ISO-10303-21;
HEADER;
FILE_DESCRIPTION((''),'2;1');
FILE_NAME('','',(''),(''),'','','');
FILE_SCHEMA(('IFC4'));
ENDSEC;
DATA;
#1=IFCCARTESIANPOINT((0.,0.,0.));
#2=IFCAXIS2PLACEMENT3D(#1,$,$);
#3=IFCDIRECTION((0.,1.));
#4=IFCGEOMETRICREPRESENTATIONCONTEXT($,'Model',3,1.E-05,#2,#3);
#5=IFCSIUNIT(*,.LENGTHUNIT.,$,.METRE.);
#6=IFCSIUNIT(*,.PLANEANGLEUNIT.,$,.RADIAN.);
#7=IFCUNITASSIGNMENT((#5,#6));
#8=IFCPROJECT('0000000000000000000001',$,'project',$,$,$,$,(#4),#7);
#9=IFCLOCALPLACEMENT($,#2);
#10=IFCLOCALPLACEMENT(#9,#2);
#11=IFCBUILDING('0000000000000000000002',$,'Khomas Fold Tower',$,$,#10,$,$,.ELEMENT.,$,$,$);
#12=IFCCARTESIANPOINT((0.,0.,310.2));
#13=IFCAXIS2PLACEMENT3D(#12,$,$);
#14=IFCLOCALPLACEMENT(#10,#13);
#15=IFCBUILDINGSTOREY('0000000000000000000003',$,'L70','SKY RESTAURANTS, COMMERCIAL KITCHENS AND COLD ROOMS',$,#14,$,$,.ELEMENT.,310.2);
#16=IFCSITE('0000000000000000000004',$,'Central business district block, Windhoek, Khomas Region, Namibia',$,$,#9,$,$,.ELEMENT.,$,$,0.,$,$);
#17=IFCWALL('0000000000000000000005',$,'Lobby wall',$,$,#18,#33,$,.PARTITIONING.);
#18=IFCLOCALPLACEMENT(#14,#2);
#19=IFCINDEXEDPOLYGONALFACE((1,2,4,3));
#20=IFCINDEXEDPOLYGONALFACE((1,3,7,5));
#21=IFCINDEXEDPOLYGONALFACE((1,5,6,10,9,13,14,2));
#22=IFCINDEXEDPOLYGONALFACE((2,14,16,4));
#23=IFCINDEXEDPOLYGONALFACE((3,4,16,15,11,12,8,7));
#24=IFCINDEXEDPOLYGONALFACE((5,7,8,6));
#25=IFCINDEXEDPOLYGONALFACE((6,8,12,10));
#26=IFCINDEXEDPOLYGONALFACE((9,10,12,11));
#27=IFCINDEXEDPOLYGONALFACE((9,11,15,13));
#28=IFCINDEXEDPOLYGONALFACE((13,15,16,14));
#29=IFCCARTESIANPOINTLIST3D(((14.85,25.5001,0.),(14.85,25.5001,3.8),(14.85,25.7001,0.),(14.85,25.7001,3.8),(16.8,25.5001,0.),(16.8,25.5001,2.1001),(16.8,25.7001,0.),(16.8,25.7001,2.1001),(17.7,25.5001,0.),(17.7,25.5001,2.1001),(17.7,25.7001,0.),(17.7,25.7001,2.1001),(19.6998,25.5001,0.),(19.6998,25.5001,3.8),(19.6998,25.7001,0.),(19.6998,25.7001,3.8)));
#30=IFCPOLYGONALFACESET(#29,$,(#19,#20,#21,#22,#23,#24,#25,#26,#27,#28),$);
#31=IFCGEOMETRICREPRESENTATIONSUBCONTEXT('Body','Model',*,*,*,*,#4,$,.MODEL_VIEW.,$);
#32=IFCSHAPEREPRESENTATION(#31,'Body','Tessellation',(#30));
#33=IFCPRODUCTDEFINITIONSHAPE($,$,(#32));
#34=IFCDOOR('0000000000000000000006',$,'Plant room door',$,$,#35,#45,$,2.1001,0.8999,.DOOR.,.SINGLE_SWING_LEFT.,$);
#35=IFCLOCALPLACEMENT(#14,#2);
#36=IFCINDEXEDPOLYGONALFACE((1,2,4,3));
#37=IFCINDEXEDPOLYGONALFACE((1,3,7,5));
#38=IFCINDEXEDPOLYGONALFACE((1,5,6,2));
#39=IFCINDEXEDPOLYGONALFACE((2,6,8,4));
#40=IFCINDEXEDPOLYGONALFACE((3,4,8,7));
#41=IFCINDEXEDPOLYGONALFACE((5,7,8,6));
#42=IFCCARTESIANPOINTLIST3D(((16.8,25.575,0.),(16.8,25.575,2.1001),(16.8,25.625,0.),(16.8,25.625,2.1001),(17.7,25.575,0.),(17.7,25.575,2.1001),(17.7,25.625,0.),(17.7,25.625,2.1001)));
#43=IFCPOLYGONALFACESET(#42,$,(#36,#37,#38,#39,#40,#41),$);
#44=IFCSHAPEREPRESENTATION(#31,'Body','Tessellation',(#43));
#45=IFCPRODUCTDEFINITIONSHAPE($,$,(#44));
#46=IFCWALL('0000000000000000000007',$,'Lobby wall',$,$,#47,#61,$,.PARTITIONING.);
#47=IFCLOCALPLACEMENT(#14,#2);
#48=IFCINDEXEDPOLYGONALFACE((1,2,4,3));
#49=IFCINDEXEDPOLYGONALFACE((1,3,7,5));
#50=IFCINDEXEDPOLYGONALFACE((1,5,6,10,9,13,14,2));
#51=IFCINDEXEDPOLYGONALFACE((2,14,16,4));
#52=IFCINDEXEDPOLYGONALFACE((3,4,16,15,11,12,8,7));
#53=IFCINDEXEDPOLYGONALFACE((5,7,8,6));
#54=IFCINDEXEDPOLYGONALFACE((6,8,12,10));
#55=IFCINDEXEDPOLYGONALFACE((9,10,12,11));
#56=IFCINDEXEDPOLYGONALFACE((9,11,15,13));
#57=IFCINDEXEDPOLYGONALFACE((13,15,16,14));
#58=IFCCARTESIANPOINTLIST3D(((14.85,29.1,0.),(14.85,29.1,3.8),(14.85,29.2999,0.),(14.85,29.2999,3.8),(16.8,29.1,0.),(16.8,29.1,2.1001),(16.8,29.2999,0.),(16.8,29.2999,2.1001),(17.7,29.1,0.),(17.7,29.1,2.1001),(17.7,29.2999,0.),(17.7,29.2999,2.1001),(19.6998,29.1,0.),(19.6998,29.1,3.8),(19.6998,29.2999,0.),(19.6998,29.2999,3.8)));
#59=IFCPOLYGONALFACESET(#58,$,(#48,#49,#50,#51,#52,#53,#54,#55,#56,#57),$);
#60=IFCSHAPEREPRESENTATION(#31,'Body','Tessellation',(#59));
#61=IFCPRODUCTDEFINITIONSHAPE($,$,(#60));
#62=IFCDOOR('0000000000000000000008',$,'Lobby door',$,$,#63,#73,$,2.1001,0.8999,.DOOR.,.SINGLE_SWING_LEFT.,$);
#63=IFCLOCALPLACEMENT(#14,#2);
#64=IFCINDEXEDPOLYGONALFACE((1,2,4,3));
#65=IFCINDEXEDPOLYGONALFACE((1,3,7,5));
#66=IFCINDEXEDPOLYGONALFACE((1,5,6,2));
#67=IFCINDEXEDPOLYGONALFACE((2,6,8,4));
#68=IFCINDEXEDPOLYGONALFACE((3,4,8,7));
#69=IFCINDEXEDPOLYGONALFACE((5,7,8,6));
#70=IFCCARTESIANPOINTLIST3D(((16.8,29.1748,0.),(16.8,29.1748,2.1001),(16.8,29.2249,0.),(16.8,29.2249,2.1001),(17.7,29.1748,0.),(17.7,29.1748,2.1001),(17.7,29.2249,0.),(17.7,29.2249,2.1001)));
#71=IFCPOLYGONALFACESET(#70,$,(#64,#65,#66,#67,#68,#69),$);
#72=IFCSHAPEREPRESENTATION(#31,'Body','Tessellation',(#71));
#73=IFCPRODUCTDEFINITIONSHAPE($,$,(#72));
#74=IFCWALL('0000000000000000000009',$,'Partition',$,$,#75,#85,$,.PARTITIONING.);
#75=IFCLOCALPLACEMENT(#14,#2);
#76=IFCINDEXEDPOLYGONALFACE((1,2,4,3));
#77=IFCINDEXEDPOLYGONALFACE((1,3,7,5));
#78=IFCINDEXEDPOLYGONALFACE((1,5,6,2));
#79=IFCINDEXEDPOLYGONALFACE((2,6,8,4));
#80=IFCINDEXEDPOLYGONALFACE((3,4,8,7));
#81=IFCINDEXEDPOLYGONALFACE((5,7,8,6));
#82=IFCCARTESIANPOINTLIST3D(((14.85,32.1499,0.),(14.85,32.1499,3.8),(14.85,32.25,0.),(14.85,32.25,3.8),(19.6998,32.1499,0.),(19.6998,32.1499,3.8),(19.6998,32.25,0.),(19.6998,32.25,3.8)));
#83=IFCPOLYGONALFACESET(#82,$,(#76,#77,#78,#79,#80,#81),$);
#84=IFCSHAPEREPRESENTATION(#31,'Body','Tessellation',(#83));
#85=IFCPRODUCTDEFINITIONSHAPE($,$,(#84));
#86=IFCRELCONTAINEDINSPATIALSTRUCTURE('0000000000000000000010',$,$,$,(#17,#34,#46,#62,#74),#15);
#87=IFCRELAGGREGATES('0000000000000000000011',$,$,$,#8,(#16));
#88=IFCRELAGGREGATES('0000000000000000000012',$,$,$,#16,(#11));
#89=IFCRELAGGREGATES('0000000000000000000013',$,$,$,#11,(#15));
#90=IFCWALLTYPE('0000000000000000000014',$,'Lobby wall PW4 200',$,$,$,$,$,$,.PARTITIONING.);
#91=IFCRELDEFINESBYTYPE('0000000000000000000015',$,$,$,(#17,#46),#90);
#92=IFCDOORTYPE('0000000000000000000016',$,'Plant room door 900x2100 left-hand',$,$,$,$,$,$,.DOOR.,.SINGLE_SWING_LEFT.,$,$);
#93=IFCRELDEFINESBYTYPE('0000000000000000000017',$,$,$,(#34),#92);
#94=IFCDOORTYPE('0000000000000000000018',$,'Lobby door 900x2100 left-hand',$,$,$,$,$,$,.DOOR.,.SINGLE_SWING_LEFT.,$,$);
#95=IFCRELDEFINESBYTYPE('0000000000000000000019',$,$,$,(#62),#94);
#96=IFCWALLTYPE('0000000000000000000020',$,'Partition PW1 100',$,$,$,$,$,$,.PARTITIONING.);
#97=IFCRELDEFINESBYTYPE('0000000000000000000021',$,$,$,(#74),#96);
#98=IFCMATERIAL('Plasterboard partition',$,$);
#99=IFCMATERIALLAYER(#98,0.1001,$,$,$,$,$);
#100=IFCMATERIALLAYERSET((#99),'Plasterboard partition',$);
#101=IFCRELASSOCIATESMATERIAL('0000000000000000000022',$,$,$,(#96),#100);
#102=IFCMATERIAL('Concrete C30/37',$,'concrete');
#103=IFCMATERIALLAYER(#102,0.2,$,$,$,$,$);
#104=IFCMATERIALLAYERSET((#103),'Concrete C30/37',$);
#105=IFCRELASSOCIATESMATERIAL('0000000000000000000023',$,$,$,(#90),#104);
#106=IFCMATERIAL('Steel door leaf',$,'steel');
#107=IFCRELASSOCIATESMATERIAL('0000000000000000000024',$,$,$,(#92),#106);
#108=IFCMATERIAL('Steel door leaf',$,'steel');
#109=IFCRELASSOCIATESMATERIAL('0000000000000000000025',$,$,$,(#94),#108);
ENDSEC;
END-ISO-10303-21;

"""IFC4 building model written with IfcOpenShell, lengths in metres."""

from ifc_helpers import new_model, si_unit, direction, frame, frame_2d, origin, place, context, subcontext, project, spatial, rectangle, extrude, source, transform, mapped, material, layer, layer_set, type_object, element, fill, save


model = new_model("IFC4")

# Units and contexts
model_context = context("Model", 3, precision=1e-05, world=origin(), true_north=direction((0.0, 1.0)))
body_context = subcontext(model_context, "Body", "Model", "MODEL_VIEW")
ifc_project = project(units=[si_unit("LENGTHUNIT", "METRE"), si_unit("PLANEANGLEUNIT", "RADIAN")], contexts=[model_context])

# Site, building, storey
site_placement = place(None, origin())
site = spatial("IfcSite", under=ifc_project, at=site_placement, Name="Central business district block, Windhoek, Khomas Region, Namibia", CompositionType="ELEMENT", RefElevation=0.0)
building_placement = place(site_placement, origin())
building = spatial("IfcBuilding", under=site, at=building_placement, Name="Khomas Fold Tower", CompositionType="ELEMENT")
storey_placement = place(building_placement, frame((0.0, 0.0, 310.2)))
storey = spatial("IfcBuildingStorey", under=building, at=storey_placement, Name="L70", Description="SKY RESTAURANTS, COMMERCIAL KITCHENS AND COLD ROOMS", CompositionType="ELEMENT", Elevation=310.2)

# Shared definitions
ifc_material_1 = material(Name="Plasterboard partition")
ifc_layer_1 = layer(ifc_material_1, 0.1001)
ifc_layer_set_1 = layer_set([ifc_layer_1], Name="Plasterboard partition")
wall_type_1 = type_object("IfcWallType", Name="Partition PW1 100", PredefinedType="PARTITIONING", material=ifc_layer_set_1)

# Walls, openings, doors
ifc_material_2 = material(Name="Concrete C30/37", Category="concrete")
ifc_layer_2 = layer(ifc_material_2, 0.2)
ifc_layer_set_2 = layer_set([ifc_layer_2], Name="Concrete C30/37")
wall_type_2 = type_object("IfcWallType", Name="Lobby wall PW4 200", PredefinedType="PARTITIONING", material=ifc_layer_set_2)
shared_shape_1 = source(origin(), body_context, "Body", "SweptSolid", [
    extrude(rectangle(XDim=4.8499, YDim=0.2, at=frame_2d((2.4248, 0.0))), origin(), (0.0, 0.0, 1.0), 3.8),
])
wall_1_placement = place(storey_placement, frame((14.8501, 25.6001, 0.0), z_axis=(0.0, 0.0, 1.0), x_axis=(1.0, 0.0, 0.0)))
wall_1 = element("IfcWall", 1, at=wall_1_placement, inside=storey, type_object=wall_type_2, Name="Lobby wall", PredefinedType="PARTITIONING", context=body_context, shape_type="MappedRepresentation", body=[
    mapped(shared_shape_1, transform((0.0, 0.0, 0.0))),
])
shared_shape_2 = source(origin(), body_context, "Body", "SweptSolid", [
    extrude(rectangle(XDim=0.8999, YDim=2.1001, at=frame_2d((0.45, 1.05))), frame((0.0, 0.1099, 0.0), z_axis=(0.0, -1.0, 0.0), x_axis=(1.0, 0.0, 0.0)), (0.0, 0.0, 1.0), 0.22),
])
opening_1_placement = place(wall_1_placement, frame((1.95, 0.0, 0.0)))
opening_1 = element("IfcOpeningElement", 2, at=opening_1_placement, cuts=wall_1, PredefinedType="OPENING", context=body_context, shape_type="MappedRepresentation", body=[
    mapped(shared_shape_2, transform((0.0, 0.0, 0.0))),
])
ifc_material_3 = material(Name="Steel door leaf", Category="steel")
door_type_1 = type_object("IfcDoorType", Name="Plant room door 900x2100 left-hand", OperationType="SINGLE_SWING_LEFT", PredefinedType="DOOR", material=ifc_material_3)
shared_shape_3 = source(origin(), body_context, "Body", "SweptSolid", [
    extrude(rectangle(XDim=0.8999, YDim=2.1001, at=frame_2d((0.45, 1.05))), frame((0.0, 0.0249, 0.0), z_axis=(0.0, -1.0, 0.0), x_axis=(1.0, 0.0, 0.0)), (0.0, 0.0, 1.0), 0.05),
])
door_1_placement = place(opening_1_placement, origin())
door_1 = element("IfcDoor", 3, at=door_1_placement, inside=storey, type_object=door_type_1, Name="Plant room door", OperationType="SINGLE_SWING_LEFT", OverallHeight=2.1001, OverallWidth=0.8999, PredefinedType="DOOR", context=body_context, shape_type="MappedRepresentation", body=[
    mapped(shared_shape_3, transform((0.0, 0.0, 0.0))),
])
fill(opening_1, door_1)
wall_2_placement = place(storey_placement, frame((14.8501, 29.2, 0.0), z_axis=(0.0, 0.0, 1.0), x_axis=(1.0, 0.0, 0.0)))
wall_2 = element("IfcWall", 4, at=wall_2_placement, inside=storey, type_object=wall_type_2, Name="Lobby wall", PredefinedType="PARTITIONING", context=body_context, shape_type="MappedRepresentation", body=[
    mapped(shared_shape_1, transform((0.0, 0.0, 0.0))),
])
opening_2_placement = place(wall_2_placement, frame((1.95, 0.0, 0.0)))
opening_2 = element("IfcOpeningElement", 5, at=opening_2_placement, cuts=wall_2, PredefinedType="OPENING", context=body_context, shape_type="MappedRepresentation", body=[
    mapped(shared_shape_2, transform((0.0, 0.0, 0.0))),
])
ifc_material_4 = material(Name="Steel door leaf", Category="steel")
door_type_2 = type_object("IfcDoorType", Name="Lobby door 900x2100 left-hand", OperationType="SINGLE_SWING_LEFT", PredefinedType="DOOR", material=ifc_material_4)
door_2_placement = place(opening_2_placement, origin())
door_2 = element("IfcDoor", 6, at=door_2_placement, inside=storey, type_object=door_type_2, Name="Lobby door", OperationType="SINGLE_SWING_LEFT", OverallHeight=2.1001, OverallWidth=0.8999, PredefinedType="DOOR", context=body_context, shape_type="MappedRepresentation", body=[
    mapped(shared_shape_3, transform((0.0, 0.0, 0.0))),
])
fill(opening_2, door_2)

# Wall
shared_shape_4 = source(origin(), body_context, "Body", "SweptSolid", [
    extrude(rectangle(XDim=4.8499, YDim=0.1001, at=frame_2d((2.4248, 0.0))), origin(), (0.0, 0.0, 1.0), 3.8),
])
wall_3_placement = place(storey_placement, frame((14.8501, 32.2, 0.0), z_axis=(0.0, 0.0, 1.0), x_axis=(1.0, 0.0, 0.0)))
element("IfcWall", 7, at=wall_3_placement, inside=storey, type_object=wall_type_1, Name="Partition", PredefinedType="PARTITIONING", context=body_context, shape_type="MappedRepresentation", body=[
    mapped(shared_shape_4, transform((0.0, 0.0, 0.0))),
])

save(model, "model.ifc")
